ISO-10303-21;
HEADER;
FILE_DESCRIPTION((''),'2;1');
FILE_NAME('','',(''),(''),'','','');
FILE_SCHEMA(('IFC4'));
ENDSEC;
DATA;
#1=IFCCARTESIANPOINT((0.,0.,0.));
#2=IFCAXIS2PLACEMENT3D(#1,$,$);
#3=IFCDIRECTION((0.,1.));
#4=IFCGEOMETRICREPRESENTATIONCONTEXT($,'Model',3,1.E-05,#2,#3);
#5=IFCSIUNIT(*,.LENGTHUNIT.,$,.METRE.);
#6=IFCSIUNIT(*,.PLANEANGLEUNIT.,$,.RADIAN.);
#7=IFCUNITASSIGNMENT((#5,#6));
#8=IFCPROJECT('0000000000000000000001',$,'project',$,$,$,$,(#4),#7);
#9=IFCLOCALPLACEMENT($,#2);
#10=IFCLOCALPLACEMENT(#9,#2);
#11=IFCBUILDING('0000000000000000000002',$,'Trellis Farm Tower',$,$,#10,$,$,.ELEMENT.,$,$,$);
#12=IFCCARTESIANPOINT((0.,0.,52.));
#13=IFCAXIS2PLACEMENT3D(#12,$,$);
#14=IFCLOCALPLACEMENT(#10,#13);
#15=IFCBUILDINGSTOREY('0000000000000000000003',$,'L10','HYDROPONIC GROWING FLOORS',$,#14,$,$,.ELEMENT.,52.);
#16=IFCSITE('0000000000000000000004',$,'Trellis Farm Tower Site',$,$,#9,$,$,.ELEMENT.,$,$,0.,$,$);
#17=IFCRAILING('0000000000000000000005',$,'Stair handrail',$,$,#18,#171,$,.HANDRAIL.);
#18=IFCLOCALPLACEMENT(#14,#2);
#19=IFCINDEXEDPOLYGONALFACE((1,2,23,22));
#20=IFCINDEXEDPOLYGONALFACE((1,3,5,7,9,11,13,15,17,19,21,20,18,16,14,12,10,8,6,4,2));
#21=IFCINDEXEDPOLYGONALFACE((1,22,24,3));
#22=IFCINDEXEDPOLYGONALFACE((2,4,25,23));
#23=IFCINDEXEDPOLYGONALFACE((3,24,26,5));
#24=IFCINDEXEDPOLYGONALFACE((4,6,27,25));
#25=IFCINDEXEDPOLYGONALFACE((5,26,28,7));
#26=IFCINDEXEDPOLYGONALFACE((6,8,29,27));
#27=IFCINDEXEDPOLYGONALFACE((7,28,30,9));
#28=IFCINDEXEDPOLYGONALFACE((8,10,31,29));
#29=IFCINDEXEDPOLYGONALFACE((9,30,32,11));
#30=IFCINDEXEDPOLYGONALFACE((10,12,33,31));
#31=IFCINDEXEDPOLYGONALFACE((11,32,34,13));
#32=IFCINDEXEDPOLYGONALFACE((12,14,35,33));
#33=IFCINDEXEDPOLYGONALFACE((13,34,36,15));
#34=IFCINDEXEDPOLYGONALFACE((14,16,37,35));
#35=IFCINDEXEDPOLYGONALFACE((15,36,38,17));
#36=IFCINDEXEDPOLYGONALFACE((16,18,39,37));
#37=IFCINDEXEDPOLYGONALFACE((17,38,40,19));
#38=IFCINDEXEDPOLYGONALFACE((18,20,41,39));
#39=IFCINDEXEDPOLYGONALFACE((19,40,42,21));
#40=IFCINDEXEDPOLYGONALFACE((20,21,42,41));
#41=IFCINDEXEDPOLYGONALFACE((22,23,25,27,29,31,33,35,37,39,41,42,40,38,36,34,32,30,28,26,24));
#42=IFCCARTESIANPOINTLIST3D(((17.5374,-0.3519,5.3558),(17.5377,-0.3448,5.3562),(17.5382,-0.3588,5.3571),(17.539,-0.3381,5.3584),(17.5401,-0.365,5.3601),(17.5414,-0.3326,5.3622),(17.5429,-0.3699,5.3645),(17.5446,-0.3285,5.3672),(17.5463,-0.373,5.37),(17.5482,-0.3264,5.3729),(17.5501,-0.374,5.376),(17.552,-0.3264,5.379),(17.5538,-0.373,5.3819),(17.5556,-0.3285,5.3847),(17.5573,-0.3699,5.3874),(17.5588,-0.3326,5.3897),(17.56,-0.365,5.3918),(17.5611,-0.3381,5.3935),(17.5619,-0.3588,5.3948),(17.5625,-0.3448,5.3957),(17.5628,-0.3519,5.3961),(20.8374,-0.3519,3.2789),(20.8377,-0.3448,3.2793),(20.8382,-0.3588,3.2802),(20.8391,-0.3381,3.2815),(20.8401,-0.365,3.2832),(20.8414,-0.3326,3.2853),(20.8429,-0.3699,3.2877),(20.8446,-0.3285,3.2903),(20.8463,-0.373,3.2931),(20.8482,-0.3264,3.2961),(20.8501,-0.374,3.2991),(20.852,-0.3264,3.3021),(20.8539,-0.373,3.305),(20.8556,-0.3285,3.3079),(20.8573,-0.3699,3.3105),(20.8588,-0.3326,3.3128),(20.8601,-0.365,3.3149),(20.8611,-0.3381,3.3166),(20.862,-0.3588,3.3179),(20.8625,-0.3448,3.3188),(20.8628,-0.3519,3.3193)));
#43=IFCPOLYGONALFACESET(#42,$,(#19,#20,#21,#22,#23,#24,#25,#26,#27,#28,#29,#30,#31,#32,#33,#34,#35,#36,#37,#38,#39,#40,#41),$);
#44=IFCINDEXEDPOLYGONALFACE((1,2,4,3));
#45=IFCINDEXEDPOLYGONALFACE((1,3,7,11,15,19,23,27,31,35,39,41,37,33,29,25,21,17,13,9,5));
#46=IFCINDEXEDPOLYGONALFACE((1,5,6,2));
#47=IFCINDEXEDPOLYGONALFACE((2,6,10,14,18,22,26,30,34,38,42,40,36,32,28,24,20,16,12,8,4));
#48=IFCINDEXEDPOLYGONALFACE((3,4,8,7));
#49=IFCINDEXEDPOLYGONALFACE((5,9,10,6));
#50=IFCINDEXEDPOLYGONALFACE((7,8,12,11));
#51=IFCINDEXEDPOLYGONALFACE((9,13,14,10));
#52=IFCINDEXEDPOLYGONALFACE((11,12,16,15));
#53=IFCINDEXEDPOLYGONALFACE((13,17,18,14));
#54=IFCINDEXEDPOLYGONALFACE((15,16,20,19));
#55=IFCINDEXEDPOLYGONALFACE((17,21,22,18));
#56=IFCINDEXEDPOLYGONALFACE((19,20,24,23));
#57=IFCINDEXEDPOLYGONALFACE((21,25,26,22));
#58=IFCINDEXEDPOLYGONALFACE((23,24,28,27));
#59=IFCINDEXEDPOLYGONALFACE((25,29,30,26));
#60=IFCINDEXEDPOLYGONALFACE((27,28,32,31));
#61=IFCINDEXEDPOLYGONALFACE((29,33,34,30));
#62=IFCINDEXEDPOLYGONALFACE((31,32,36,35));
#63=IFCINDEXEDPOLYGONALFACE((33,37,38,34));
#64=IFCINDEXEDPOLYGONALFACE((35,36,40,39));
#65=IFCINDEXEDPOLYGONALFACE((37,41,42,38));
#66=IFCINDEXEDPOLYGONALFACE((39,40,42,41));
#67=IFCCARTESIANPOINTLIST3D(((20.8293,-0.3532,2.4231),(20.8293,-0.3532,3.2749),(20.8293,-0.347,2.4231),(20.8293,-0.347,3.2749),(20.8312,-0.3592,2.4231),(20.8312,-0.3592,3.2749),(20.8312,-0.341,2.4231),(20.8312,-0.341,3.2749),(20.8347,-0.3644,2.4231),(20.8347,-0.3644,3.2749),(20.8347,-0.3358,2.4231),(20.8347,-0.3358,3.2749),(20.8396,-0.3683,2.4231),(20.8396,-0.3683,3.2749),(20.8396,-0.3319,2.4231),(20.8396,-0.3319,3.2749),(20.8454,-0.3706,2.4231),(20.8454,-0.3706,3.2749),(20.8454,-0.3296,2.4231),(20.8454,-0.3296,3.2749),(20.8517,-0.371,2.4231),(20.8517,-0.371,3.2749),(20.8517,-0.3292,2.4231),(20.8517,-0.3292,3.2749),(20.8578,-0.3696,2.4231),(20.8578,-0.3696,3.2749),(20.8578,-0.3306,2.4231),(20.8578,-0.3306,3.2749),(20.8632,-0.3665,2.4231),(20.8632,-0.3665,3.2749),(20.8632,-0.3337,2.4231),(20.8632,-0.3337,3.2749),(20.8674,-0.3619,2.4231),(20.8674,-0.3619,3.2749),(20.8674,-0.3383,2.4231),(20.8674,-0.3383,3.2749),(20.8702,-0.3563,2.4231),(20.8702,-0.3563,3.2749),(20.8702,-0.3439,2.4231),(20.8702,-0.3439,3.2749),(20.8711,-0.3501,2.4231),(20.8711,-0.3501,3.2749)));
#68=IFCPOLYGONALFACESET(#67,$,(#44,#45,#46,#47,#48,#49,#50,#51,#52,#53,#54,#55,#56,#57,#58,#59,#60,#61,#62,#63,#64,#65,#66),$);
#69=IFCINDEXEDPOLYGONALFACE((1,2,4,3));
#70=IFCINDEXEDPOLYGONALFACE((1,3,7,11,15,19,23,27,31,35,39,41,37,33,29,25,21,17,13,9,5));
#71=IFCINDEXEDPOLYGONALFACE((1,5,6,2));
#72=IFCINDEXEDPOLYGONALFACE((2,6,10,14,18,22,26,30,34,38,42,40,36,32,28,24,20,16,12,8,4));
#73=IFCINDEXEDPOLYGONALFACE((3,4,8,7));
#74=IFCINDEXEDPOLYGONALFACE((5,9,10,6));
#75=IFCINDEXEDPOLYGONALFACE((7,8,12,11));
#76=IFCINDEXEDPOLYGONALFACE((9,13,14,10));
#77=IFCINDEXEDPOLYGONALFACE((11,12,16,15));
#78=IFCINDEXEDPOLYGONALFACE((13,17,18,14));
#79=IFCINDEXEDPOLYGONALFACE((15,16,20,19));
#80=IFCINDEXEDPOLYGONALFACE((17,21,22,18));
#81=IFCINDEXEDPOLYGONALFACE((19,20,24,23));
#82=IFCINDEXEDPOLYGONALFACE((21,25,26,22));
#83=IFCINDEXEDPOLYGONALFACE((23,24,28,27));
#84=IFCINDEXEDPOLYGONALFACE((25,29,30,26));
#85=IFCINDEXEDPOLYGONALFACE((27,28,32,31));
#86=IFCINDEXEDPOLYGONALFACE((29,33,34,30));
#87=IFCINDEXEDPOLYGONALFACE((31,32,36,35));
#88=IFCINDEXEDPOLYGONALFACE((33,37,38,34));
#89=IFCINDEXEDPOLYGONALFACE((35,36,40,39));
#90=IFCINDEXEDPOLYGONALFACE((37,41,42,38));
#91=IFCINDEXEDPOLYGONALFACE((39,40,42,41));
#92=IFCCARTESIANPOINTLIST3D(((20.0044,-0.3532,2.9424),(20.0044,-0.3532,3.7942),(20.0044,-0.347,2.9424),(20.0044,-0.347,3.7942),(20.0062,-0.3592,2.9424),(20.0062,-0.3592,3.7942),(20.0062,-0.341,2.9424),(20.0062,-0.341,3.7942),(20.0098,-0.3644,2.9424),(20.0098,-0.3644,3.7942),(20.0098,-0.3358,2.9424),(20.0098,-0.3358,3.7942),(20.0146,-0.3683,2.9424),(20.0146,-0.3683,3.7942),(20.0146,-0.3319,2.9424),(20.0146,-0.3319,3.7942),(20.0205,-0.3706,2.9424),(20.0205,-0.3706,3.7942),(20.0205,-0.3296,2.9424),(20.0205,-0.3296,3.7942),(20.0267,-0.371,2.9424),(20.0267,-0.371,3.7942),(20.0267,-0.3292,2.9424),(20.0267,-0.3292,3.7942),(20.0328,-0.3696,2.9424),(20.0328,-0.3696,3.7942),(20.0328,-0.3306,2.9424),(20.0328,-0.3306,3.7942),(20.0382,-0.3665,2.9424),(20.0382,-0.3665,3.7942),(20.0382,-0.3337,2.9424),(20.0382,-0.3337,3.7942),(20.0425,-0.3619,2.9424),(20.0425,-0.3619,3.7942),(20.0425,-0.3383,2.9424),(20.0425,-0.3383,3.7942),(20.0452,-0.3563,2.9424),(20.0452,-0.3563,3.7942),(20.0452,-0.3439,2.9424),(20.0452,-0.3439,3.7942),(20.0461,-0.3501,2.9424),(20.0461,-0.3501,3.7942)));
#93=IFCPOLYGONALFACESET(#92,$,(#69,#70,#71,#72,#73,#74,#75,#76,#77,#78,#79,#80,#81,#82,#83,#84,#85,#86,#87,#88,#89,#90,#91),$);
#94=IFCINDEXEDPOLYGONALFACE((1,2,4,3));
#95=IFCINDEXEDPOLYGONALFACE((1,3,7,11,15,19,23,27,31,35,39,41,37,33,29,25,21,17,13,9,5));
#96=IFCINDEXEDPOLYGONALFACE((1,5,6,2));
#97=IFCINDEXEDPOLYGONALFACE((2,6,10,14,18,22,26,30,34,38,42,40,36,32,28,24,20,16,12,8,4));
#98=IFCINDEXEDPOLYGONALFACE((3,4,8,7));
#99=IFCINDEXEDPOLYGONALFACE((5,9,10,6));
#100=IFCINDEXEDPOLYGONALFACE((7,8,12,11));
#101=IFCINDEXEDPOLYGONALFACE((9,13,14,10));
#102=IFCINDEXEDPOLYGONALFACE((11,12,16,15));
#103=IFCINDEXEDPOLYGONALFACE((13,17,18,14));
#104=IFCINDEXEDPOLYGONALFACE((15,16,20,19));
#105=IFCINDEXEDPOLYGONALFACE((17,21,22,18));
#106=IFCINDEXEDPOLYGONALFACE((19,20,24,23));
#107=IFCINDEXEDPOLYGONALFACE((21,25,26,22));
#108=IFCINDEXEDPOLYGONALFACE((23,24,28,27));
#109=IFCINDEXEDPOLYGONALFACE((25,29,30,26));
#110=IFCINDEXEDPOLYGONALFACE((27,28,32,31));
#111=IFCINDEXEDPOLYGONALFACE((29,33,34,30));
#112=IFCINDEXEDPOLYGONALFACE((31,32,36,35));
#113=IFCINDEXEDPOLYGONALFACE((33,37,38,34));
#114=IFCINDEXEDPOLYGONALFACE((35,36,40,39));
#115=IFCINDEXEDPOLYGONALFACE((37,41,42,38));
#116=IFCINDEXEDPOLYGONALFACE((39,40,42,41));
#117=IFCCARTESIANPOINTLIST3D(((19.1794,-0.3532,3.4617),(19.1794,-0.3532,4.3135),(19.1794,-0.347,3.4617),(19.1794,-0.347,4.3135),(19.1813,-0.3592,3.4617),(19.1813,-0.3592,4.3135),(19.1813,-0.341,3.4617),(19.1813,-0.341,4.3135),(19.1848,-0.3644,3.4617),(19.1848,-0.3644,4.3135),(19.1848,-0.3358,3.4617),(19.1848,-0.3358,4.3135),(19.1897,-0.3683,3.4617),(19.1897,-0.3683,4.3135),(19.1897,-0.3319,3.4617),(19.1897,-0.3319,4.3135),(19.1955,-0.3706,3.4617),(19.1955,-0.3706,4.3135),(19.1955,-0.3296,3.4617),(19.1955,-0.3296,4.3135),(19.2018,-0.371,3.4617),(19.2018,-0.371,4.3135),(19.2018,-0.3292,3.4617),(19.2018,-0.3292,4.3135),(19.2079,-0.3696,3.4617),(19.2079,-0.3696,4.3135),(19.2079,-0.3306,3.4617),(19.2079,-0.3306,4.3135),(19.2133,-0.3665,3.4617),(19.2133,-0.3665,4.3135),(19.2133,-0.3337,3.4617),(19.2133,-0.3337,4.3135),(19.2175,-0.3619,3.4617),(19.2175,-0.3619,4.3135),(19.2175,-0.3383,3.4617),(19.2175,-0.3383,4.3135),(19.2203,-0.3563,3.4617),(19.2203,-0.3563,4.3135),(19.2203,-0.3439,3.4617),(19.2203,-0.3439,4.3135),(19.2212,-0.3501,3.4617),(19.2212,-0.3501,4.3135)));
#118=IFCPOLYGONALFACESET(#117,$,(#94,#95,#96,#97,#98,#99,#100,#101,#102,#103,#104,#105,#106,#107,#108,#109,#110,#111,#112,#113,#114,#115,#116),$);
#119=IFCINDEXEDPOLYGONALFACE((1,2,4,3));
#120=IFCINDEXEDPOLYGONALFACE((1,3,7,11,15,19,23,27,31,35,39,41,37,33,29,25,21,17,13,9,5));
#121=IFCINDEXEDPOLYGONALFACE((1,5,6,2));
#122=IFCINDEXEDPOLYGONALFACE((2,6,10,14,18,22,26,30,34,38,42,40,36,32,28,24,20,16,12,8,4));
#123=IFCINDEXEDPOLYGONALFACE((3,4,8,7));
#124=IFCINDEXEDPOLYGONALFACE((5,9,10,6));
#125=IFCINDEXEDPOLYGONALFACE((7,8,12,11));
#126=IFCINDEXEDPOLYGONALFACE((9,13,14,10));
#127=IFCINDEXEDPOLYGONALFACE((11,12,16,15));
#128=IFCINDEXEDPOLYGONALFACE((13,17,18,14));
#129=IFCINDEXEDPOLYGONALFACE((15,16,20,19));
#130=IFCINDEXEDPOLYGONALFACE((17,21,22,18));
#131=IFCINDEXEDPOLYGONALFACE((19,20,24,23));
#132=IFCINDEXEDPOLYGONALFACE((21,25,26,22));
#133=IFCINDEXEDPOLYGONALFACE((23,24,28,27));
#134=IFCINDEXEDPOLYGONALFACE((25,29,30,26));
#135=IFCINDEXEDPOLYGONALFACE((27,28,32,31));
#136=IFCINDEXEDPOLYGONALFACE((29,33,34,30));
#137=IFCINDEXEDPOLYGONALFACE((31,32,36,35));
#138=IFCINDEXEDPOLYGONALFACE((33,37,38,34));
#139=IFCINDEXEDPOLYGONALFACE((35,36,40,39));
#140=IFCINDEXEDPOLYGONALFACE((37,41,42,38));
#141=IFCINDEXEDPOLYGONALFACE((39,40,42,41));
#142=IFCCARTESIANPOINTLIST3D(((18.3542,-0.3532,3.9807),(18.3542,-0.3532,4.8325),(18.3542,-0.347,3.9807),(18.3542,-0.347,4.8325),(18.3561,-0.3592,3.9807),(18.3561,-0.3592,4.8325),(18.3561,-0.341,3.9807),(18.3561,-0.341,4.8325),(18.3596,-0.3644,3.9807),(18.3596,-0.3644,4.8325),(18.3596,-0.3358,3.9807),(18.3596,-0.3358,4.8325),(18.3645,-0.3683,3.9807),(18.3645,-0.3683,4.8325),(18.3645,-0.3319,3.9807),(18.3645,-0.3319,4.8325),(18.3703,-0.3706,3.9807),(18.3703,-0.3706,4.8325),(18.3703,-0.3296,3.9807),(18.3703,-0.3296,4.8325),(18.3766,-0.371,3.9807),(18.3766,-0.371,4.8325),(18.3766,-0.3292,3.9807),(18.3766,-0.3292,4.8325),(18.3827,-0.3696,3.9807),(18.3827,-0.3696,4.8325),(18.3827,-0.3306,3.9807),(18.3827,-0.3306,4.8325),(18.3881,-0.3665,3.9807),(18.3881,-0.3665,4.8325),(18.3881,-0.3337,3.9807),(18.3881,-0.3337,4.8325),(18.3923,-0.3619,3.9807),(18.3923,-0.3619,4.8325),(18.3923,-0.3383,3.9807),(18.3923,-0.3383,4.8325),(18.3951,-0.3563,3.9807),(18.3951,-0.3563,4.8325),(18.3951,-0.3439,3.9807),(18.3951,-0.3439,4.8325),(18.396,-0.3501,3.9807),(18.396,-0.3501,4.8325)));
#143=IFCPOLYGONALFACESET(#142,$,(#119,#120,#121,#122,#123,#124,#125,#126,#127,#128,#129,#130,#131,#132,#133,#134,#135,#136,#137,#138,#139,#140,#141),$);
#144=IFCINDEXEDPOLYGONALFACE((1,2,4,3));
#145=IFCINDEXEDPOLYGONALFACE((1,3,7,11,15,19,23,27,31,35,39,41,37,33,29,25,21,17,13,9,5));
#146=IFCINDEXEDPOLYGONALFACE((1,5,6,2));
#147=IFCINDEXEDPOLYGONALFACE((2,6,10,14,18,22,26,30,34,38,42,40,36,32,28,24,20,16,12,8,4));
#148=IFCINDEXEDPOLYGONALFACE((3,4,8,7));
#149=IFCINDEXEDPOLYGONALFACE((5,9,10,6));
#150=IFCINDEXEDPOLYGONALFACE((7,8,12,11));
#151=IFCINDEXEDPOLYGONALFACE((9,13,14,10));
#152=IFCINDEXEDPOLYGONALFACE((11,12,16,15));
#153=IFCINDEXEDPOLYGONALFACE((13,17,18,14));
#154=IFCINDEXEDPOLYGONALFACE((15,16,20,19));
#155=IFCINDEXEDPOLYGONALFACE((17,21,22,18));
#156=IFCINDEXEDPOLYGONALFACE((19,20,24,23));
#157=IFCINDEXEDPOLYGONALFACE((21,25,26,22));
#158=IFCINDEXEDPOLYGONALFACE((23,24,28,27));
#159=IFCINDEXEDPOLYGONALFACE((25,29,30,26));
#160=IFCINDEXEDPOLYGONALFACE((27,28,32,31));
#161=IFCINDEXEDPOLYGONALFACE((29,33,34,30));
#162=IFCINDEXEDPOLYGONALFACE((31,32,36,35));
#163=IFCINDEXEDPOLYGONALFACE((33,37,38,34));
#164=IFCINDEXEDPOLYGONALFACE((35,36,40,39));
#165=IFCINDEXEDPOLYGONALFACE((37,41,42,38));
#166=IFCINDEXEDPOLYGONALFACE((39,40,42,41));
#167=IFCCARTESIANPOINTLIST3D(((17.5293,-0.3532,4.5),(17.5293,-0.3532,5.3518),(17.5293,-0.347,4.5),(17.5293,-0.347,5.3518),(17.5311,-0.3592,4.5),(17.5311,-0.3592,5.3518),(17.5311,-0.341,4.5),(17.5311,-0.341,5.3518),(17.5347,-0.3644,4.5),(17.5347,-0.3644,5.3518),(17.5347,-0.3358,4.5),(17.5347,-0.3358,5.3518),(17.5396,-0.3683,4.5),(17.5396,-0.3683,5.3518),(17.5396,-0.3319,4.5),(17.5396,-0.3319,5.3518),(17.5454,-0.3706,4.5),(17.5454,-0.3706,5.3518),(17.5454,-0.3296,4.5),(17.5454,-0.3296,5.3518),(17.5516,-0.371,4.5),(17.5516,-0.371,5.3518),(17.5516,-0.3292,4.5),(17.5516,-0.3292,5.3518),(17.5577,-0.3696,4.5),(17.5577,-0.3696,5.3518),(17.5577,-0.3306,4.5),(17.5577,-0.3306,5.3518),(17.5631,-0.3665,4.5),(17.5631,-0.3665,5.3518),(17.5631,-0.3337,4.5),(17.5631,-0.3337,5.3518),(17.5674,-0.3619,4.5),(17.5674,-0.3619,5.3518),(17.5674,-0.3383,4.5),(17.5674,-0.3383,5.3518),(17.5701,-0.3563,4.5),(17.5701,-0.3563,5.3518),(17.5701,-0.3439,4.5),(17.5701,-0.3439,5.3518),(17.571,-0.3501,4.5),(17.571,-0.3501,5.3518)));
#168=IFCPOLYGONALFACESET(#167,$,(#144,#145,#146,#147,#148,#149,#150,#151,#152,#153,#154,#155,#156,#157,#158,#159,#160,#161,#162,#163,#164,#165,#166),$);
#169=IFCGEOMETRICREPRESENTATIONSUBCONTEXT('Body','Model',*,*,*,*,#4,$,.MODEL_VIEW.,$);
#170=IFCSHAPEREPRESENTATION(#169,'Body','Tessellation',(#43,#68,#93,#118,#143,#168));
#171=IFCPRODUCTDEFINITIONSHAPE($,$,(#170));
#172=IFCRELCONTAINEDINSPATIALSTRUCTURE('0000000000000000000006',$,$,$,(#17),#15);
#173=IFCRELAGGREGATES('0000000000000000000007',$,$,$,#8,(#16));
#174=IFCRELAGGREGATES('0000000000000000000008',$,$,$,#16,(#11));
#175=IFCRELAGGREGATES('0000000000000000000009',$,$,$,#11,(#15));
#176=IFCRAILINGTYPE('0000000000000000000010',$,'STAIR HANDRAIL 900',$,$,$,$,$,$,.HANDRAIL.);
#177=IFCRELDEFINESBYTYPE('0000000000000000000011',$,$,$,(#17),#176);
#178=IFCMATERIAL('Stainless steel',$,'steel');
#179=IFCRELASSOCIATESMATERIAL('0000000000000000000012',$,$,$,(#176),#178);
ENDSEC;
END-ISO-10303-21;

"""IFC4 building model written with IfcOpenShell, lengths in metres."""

from ifc_helpers import new_model, si_unit, direction, frame, origin, origin_2d, place, context, subcontext, project, spatial, circle, extrude, source, transform, mapped, material, type_object, element, save


model = new_model("IFC4")

# Units and contexts
model_context = context("Model", 3, precision=1e-05, world=origin(), true_north=direction((0.0, 1.0)))
body_context = subcontext(model_context, "Body", "Model", "MODEL_VIEW")
ifc_project = project(units=[si_unit("LENGTHUNIT", "METRE"), si_unit("PLANEANGLEUNIT", "RADIAN")], contexts=[model_context])

# Site, building, storey
site_placement = place(None, origin())
site = spatial("IfcSite", under=ifc_project, at=site_placement, Name="Trellis Farm Tower Site", CompositionType="ELEMENT", RefElevation=0.0)
building_placement = place(site_placement, origin())
building = spatial("IfcBuilding", under=site, at=building_placement, Name="Trellis Farm Tower", CompositionType="ELEMENT")
storey_placement = place(building_placement, frame((0.0, 0.0, 52.0)))
storey = spatial("IfcBuildingStorey", under=building, at=storey_placement, Name="L10", Description="HYDROPONIC GROWING FLOORS", CompositionType="ELEMENT", Elevation=52.0)

# Shared definitions
ifc_material_1 = material(Name="Stainless steel", Category="steel")

# Railing
railing_type = type_object("IfcRailingType", Name="STAIR HANDRAIL 900", PredefinedType="HANDRAIL", material=ifc_material_1)
shared_shape_1 = source(origin(), body_context, "Body", "SweptSolid", [
    extrude(circle(Radius=0.0239, at=origin_2d()), frame((0.0, 0.0, 0.876), z_axis=(-0.846337, 0.0, 0.532647), x_axis=(0.0, -1.0, 0.0)), (0.0, 0.0, 1.0), 3.8992),
    extrude(circle(Radius=0.021, at=origin_2d()), origin(), (0.0, 0.0, 1.0), 0.8518),
    extrude(circle(Radius=0.021, at=origin_2d()), frame((-0.825, 0.0, 0.5193)), (0.0, 0.0, 1.0), 0.8518),
    extrude(circle(Radius=0.021, at=origin_2d()), frame((-1.6499, 0.0, 1.0386)), (0.0, 0.0, 1.0), 0.8518),
    extrude(circle(Radius=0.021, at=origin_2d()), frame((-2.4751, 0.0, 1.5576)), (0.0, 0.0, 1.0), 0.8518),
    extrude(circle(Radius=0.021, at=origin_2d()), frame((-3.3, 0.0, 2.0769)), (0.0, 0.0, 1.0), 0.8518),
])
for number, where, name in (
    (1, (20.8501, -0.3501, 2.4231), "Stair handrail"),
):
    element("IfcRailing", number, at=place(storey_placement, frame(where)), inside=storey, type_object=railing_type, Name=name, PredefinedType="HANDRAIL", context=body_context, shape_type="MappedRepresentation", body=[
        mapped(shared_shape_1, transform((0.0, 0.0, 0.0))),
    ])

save(model, "model.ifc")
